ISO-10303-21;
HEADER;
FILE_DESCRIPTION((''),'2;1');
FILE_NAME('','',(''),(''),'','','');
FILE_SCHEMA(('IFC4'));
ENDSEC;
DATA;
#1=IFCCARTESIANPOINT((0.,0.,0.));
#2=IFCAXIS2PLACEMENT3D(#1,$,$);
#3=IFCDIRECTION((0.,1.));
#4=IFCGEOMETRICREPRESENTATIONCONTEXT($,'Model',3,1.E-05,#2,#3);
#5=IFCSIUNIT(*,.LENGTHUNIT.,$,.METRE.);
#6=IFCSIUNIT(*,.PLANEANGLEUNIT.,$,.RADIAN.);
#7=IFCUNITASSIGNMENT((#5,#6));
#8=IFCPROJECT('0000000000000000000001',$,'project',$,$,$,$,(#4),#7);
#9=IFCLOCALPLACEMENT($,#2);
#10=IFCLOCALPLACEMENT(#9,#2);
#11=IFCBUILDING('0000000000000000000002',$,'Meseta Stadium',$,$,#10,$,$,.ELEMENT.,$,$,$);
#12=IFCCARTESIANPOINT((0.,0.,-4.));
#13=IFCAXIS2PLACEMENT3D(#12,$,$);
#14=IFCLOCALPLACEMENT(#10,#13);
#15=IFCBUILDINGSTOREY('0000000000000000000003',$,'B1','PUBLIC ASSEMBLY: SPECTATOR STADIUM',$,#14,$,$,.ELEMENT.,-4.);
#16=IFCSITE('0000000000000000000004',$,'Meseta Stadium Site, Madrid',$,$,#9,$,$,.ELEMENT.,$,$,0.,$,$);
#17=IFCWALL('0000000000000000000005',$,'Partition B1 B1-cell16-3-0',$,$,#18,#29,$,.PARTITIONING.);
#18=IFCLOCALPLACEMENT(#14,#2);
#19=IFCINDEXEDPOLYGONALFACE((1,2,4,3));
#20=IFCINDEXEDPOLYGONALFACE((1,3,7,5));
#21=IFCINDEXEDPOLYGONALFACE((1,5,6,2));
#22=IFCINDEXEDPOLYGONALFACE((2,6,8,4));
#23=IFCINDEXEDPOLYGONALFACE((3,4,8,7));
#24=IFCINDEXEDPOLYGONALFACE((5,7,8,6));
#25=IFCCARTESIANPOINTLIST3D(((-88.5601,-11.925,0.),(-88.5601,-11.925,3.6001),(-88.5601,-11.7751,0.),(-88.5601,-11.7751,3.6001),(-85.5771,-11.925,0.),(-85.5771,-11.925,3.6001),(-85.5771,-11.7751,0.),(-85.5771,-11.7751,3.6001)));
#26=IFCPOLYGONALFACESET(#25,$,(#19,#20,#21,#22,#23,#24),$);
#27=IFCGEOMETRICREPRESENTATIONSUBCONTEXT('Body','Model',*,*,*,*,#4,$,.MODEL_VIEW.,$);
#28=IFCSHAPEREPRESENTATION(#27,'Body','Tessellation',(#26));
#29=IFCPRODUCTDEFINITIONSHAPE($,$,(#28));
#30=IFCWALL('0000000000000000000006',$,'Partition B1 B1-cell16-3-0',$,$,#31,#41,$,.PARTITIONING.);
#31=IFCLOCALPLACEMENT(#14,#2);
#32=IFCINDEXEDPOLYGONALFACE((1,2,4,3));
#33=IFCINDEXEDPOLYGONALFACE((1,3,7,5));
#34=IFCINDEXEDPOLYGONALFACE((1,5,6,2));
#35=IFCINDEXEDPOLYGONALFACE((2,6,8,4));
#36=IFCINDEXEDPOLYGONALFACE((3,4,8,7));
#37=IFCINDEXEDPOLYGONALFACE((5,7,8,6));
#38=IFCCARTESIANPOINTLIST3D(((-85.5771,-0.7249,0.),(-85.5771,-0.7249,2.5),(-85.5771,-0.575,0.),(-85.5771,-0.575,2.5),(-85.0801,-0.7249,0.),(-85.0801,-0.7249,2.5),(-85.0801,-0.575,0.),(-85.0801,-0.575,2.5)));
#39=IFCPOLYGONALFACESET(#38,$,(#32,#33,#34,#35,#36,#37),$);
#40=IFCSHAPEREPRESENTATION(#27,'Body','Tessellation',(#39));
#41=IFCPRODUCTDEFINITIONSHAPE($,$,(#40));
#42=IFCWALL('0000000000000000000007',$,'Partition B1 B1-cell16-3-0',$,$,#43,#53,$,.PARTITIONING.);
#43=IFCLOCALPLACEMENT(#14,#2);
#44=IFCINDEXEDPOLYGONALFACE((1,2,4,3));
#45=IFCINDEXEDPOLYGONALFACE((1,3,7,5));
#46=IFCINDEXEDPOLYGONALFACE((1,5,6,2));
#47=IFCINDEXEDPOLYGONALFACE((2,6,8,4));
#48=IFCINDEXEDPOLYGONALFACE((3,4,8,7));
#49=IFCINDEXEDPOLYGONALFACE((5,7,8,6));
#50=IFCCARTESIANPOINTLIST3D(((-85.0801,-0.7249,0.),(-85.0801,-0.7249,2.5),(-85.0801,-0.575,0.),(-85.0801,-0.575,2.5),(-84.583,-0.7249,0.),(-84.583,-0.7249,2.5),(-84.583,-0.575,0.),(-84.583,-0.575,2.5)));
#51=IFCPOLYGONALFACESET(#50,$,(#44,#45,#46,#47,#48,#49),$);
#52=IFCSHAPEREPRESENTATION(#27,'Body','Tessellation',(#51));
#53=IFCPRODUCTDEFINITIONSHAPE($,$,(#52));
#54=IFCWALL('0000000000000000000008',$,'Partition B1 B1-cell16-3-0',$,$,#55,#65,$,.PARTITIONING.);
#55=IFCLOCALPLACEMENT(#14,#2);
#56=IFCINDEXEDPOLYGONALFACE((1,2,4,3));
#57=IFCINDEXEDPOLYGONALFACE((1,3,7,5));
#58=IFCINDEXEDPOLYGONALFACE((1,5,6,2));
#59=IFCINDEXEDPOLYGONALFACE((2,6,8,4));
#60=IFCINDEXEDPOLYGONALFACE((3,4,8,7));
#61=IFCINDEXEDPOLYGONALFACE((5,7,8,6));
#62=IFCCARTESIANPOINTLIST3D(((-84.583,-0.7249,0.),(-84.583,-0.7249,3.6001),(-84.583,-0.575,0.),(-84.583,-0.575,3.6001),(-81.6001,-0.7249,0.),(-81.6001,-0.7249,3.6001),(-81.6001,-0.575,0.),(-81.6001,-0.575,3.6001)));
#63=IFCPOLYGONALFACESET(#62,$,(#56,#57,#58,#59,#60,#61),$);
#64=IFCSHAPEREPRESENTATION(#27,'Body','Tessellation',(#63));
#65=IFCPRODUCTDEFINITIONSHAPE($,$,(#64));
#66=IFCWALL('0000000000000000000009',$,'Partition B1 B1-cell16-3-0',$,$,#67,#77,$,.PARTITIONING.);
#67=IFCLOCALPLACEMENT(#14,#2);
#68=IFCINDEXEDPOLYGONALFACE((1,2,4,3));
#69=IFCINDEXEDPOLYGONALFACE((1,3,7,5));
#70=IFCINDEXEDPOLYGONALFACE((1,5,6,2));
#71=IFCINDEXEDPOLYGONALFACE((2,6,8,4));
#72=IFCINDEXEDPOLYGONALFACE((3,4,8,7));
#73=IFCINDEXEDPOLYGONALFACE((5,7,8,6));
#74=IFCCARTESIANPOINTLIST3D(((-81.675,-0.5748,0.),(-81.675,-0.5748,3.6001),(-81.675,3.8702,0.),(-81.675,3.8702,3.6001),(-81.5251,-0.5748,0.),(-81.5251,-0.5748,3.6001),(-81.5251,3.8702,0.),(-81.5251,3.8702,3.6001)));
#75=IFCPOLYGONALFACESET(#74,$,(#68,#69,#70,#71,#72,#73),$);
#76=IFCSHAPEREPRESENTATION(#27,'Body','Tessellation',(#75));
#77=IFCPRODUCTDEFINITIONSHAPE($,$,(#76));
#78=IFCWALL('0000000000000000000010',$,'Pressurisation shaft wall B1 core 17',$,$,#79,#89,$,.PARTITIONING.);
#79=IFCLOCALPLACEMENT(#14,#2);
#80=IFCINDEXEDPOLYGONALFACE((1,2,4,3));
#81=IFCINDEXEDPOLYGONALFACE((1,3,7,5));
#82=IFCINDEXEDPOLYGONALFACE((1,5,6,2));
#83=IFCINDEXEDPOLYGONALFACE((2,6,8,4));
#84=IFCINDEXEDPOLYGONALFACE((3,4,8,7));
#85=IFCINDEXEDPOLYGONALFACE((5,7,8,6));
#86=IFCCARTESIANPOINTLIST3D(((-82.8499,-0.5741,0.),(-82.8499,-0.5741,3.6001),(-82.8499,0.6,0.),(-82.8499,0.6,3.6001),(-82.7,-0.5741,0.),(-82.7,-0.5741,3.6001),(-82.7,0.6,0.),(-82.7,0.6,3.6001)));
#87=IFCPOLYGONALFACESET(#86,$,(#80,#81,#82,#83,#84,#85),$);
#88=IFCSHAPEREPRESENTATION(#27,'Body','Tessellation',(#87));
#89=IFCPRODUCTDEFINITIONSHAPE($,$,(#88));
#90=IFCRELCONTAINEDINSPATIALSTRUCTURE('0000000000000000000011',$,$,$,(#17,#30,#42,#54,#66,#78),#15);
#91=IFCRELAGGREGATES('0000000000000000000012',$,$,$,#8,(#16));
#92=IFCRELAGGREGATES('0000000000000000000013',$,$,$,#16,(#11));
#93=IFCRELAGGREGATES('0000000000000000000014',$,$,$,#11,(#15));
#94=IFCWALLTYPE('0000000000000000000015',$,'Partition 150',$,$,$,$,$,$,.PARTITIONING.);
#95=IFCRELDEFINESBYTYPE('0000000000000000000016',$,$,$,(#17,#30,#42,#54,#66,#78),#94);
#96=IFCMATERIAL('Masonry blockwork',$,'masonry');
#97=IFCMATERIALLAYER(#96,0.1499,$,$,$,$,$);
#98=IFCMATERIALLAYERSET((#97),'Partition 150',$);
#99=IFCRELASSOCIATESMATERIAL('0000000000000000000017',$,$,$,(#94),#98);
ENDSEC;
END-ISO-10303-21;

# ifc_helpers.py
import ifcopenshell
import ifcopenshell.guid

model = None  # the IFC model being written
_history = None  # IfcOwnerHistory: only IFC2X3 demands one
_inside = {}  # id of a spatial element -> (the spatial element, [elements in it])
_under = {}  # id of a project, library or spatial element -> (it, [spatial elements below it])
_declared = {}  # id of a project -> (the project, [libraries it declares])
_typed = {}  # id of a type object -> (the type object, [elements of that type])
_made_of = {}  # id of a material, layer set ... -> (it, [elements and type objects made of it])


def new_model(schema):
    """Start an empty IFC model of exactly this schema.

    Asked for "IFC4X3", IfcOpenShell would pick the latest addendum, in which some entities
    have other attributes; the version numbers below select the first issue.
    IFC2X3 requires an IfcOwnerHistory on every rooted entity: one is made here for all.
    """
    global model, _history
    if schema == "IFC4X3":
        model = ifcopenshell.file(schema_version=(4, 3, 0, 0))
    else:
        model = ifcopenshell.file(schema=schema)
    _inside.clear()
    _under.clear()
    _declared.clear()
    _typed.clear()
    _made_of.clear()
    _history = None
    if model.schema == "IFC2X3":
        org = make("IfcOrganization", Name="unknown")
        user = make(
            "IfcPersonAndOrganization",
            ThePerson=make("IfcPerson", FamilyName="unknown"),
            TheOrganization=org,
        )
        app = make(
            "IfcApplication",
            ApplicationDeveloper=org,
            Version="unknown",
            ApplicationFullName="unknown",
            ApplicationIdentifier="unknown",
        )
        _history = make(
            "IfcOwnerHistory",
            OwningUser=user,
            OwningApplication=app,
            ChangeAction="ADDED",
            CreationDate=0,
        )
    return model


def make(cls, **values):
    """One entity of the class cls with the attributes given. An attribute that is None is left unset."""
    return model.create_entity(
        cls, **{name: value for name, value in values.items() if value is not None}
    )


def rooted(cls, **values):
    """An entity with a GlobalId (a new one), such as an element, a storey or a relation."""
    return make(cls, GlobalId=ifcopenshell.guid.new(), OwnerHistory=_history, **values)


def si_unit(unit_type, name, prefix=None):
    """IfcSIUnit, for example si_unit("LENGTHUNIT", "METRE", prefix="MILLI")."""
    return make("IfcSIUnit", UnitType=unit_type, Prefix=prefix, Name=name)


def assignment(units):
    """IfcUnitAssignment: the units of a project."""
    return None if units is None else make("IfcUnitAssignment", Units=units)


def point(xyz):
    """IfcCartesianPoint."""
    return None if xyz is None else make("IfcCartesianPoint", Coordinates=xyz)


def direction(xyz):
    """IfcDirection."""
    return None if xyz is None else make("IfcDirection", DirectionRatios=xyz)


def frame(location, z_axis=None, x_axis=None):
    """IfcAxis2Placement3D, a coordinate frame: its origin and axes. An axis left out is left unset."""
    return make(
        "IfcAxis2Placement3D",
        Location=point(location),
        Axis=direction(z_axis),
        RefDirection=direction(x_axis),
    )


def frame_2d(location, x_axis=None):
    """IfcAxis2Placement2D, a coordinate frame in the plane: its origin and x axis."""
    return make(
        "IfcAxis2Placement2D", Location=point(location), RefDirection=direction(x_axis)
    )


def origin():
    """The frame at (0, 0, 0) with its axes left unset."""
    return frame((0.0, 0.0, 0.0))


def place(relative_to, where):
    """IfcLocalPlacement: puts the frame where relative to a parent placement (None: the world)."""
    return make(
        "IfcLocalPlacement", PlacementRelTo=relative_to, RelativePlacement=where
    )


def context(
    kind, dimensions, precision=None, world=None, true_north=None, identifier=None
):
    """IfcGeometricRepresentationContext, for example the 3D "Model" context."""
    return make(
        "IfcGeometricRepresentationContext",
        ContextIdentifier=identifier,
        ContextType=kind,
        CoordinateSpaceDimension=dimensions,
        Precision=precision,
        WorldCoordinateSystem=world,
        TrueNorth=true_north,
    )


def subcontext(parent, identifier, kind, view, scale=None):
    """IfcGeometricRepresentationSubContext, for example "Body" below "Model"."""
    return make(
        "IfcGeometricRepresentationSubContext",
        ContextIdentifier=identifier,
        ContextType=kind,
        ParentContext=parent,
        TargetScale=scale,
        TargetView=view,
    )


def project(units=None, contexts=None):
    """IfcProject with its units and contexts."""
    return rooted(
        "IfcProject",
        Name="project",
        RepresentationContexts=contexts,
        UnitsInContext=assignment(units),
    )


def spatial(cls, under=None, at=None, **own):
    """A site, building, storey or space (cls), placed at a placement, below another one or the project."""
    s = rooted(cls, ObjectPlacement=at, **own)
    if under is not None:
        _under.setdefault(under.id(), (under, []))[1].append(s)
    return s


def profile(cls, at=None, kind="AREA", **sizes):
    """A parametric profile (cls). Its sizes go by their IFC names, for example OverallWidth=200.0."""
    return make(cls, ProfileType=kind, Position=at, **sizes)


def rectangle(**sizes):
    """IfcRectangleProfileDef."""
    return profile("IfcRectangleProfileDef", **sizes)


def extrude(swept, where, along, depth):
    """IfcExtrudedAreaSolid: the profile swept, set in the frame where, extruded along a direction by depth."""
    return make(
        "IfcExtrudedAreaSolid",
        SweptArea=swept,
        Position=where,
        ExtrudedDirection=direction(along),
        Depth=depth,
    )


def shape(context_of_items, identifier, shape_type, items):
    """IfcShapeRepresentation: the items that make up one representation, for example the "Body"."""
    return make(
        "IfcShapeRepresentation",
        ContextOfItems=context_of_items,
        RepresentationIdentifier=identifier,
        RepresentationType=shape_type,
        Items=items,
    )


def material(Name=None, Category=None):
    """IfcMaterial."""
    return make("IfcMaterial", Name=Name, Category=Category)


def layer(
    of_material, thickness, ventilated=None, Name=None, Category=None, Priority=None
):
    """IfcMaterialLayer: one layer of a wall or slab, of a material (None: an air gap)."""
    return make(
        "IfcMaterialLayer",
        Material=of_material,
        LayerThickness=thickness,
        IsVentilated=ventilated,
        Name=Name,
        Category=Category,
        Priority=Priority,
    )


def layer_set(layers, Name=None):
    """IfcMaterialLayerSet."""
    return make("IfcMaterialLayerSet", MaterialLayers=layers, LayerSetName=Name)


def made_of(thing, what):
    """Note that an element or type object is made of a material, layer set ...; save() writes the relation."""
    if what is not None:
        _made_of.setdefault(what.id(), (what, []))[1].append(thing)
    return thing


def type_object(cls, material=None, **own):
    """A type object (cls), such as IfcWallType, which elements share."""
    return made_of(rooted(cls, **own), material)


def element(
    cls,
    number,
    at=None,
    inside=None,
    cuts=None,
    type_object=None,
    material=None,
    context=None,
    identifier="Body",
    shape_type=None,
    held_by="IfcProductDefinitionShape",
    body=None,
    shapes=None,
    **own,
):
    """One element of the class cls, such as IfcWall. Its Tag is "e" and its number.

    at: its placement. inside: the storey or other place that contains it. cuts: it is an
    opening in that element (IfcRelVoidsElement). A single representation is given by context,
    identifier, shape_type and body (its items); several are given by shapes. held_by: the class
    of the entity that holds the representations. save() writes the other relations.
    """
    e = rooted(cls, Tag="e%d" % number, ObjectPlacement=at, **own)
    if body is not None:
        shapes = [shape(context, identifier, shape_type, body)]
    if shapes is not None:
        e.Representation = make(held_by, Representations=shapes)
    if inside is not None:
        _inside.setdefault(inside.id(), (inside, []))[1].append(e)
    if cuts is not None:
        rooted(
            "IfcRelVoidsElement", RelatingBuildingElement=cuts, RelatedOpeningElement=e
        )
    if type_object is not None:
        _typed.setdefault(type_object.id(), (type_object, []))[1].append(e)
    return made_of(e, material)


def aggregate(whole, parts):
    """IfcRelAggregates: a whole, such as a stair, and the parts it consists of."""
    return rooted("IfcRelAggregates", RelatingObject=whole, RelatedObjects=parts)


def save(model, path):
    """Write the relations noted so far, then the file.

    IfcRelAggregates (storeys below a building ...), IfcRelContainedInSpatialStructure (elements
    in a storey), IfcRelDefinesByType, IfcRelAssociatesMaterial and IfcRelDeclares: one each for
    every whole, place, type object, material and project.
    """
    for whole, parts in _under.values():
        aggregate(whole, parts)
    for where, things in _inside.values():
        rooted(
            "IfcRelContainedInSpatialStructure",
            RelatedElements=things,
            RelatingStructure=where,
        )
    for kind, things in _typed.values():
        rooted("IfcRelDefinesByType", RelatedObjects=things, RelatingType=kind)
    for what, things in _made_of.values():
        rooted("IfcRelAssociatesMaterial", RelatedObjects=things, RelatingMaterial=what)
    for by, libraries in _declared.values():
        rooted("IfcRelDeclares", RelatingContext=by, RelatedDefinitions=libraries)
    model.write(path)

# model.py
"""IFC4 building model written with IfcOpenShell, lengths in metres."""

from ifc_helpers import new_model, si_unit, direction, frame, frame_2d, origin, place, context, subcontext, project, spatial, rectangle, extrude, material, layer, layer_set, type_object, element, save


model = new_model("IFC4")

# Units and contexts
model_context = context("Model", 3, precision=1e-05, world=origin(), true_north=direction((0.0, 1.0)))
body_context = subcontext(model_context, "Body", "Model", "MODEL_VIEW")
ifc_project = project(units=[si_unit("LENGTHUNIT", "METRE"), si_unit("PLANEANGLEUNIT", "RADIAN")], contexts=[model_context])

# Site, building, storey
site_placement = place(None, origin())
site = spatial("IfcSite", under=ifc_project, at=site_placement, Name="Meseta Stadium Site, Madrid", CompositionType="ELEMENT", RefElevation=0.0)
building_placement = place(site_placement, origin())
building = spatial("IfcBuilding", under=site, at=building_placement, Name="Meseta Stadium", CompositionType="ELEMENT")
storey_placement = place(building_placement, frame((0.0, 0.0, -4.0)))
storey = spatial("IfcBuildingStorey", under=building, at=storey_placement, Name="B1", Description="PUBLIC ASSEMBLY: SPECTATOR STADIUM", CompositionType="ELEMENT", Elevation=-4.0)

# Walls
ifc_material_1 = material(Name="Masonry blockwork", Category="masonry")
ifc_layer = layer(ifc_material_1, 0.1499)
ifc_layer_set = layer_set([ifc_layer], Name="Partition 150")
wall_type = type_object("IfcWallType", Name="Partition 150", PredefinedType="PARTITIONING", material=ifc_layer_set)
wall_1_placement = place(storey_placement, frame((-85.5771, -11.8501, 0.0), z_axis=(0.0, 0.0, 1.0), x_axis=(-1.0, 0.0, 0.0)))
element("IfcWall", 1, at=wall_1_placement, inside=storey, type_object=wall_type, Name="Partition B1 B1-cell16-3-0", PredefinedType="PARTITIONING", context=body_context, shape_type="SweptSolid", body=[
    extrude(rectangle(XDim=2.9829, YDim=0.1499, at=frame_2d((1.4915, 0.0))), origin(), (0.0, 0.0, 1.0), 3.6001),
])
for number, where, z_axis, x_axis, name in (
    (2, (-85.5771, -0.6499, 0.0), (0.0, 0.0, 1.0), (1.0, 0.0, 0.0), "Partition B1 B1-cell16-3-0"),
    (3, (-85.0801, -0.6499, 0.0), (0.0, 0.0, 1.0), (1.0, 0.0, 0.0), "Partition B1 B1-cell16-3-0"),
):
    element("IfcWall", number, at=place(storey_placement, frame(where, z_axis=z_axis, x_axis=x_axis)), inside=storey, type_object=wall_type, Name=name, PredefinedType="PARTITIONING", context=body_context, shape_type="SweptSolid", body=[
        extrude(rectangle(XDim=0.4971, YDim=0.1499, at=frame_2d((0.2485, 0.0))), origin(), (0.0, 0.0, 1.0), 2.5),
    ])
wall_2_placement = place(storey_placement, frame((-84.583, -0.6499, 0.0), z_axis=(0.0, 0.0, 1.0), x_axis=(1.0, 0.0, 0.0)))
element("IfcWall", 4, at=wall_2_placement, inside=storey, type_object=wall_type, Name="Partition B1 B1-cell16-3-0", PredefinedType="PARTITIONING", context=body_context, shape_type="SweptSolid", body=[
    extrude(rectangle(XDim=2.9829, YDim=0.1499, at=frame_2d((1.4915, 0.0))), origin(), (0.0, 0.0, 1.0), 3.6001),
])
wall_3_placement = place(storey_placement, frame((-81.6001, -0.575, 0.0), z_axis=(0.0, 0.0, 1.0), x_axis=(0.0, 1.0, 0.0)))
element("IfcWall", 5, at=wall_3_placement, inside=storey, type_object=wall_type, Name="Partition B1 B1-cell16-3-0", PredefinedType="PARTITIONING", context=body_context, shape_type="SweptSolid", body=[
    extrude(rectangle(XDim=4.4451, YDim=0.1499, at=frame_2d((2.2227, 0.0))), origin(), (0.0, 0.0, 1.0), 3.6001),
])
wall_4_placement = place(storey_placement, frame((-82.7749, -0.574, 0.0), z_axis=(0.0, 0.0, 1.0), x_axis=(0.0, 1.0, 0.0)))
element("IfcWall", 6, at=wall_4_placement, inside=storey, type_object=wall_type, Name="Pressurisation shaft wall B1 core 17", PredefinedType="PARTITIONING", context=body_context, shape_type="SweptSolid", body=[
    extrude(rectangle(XDim=1.1741, YDim=0.1499, at=frame_2d((0.5869, 0.0))), origin(), (0.0, 0.0, 1.0), 3.6001),
])

save(model, "model.ifc")
